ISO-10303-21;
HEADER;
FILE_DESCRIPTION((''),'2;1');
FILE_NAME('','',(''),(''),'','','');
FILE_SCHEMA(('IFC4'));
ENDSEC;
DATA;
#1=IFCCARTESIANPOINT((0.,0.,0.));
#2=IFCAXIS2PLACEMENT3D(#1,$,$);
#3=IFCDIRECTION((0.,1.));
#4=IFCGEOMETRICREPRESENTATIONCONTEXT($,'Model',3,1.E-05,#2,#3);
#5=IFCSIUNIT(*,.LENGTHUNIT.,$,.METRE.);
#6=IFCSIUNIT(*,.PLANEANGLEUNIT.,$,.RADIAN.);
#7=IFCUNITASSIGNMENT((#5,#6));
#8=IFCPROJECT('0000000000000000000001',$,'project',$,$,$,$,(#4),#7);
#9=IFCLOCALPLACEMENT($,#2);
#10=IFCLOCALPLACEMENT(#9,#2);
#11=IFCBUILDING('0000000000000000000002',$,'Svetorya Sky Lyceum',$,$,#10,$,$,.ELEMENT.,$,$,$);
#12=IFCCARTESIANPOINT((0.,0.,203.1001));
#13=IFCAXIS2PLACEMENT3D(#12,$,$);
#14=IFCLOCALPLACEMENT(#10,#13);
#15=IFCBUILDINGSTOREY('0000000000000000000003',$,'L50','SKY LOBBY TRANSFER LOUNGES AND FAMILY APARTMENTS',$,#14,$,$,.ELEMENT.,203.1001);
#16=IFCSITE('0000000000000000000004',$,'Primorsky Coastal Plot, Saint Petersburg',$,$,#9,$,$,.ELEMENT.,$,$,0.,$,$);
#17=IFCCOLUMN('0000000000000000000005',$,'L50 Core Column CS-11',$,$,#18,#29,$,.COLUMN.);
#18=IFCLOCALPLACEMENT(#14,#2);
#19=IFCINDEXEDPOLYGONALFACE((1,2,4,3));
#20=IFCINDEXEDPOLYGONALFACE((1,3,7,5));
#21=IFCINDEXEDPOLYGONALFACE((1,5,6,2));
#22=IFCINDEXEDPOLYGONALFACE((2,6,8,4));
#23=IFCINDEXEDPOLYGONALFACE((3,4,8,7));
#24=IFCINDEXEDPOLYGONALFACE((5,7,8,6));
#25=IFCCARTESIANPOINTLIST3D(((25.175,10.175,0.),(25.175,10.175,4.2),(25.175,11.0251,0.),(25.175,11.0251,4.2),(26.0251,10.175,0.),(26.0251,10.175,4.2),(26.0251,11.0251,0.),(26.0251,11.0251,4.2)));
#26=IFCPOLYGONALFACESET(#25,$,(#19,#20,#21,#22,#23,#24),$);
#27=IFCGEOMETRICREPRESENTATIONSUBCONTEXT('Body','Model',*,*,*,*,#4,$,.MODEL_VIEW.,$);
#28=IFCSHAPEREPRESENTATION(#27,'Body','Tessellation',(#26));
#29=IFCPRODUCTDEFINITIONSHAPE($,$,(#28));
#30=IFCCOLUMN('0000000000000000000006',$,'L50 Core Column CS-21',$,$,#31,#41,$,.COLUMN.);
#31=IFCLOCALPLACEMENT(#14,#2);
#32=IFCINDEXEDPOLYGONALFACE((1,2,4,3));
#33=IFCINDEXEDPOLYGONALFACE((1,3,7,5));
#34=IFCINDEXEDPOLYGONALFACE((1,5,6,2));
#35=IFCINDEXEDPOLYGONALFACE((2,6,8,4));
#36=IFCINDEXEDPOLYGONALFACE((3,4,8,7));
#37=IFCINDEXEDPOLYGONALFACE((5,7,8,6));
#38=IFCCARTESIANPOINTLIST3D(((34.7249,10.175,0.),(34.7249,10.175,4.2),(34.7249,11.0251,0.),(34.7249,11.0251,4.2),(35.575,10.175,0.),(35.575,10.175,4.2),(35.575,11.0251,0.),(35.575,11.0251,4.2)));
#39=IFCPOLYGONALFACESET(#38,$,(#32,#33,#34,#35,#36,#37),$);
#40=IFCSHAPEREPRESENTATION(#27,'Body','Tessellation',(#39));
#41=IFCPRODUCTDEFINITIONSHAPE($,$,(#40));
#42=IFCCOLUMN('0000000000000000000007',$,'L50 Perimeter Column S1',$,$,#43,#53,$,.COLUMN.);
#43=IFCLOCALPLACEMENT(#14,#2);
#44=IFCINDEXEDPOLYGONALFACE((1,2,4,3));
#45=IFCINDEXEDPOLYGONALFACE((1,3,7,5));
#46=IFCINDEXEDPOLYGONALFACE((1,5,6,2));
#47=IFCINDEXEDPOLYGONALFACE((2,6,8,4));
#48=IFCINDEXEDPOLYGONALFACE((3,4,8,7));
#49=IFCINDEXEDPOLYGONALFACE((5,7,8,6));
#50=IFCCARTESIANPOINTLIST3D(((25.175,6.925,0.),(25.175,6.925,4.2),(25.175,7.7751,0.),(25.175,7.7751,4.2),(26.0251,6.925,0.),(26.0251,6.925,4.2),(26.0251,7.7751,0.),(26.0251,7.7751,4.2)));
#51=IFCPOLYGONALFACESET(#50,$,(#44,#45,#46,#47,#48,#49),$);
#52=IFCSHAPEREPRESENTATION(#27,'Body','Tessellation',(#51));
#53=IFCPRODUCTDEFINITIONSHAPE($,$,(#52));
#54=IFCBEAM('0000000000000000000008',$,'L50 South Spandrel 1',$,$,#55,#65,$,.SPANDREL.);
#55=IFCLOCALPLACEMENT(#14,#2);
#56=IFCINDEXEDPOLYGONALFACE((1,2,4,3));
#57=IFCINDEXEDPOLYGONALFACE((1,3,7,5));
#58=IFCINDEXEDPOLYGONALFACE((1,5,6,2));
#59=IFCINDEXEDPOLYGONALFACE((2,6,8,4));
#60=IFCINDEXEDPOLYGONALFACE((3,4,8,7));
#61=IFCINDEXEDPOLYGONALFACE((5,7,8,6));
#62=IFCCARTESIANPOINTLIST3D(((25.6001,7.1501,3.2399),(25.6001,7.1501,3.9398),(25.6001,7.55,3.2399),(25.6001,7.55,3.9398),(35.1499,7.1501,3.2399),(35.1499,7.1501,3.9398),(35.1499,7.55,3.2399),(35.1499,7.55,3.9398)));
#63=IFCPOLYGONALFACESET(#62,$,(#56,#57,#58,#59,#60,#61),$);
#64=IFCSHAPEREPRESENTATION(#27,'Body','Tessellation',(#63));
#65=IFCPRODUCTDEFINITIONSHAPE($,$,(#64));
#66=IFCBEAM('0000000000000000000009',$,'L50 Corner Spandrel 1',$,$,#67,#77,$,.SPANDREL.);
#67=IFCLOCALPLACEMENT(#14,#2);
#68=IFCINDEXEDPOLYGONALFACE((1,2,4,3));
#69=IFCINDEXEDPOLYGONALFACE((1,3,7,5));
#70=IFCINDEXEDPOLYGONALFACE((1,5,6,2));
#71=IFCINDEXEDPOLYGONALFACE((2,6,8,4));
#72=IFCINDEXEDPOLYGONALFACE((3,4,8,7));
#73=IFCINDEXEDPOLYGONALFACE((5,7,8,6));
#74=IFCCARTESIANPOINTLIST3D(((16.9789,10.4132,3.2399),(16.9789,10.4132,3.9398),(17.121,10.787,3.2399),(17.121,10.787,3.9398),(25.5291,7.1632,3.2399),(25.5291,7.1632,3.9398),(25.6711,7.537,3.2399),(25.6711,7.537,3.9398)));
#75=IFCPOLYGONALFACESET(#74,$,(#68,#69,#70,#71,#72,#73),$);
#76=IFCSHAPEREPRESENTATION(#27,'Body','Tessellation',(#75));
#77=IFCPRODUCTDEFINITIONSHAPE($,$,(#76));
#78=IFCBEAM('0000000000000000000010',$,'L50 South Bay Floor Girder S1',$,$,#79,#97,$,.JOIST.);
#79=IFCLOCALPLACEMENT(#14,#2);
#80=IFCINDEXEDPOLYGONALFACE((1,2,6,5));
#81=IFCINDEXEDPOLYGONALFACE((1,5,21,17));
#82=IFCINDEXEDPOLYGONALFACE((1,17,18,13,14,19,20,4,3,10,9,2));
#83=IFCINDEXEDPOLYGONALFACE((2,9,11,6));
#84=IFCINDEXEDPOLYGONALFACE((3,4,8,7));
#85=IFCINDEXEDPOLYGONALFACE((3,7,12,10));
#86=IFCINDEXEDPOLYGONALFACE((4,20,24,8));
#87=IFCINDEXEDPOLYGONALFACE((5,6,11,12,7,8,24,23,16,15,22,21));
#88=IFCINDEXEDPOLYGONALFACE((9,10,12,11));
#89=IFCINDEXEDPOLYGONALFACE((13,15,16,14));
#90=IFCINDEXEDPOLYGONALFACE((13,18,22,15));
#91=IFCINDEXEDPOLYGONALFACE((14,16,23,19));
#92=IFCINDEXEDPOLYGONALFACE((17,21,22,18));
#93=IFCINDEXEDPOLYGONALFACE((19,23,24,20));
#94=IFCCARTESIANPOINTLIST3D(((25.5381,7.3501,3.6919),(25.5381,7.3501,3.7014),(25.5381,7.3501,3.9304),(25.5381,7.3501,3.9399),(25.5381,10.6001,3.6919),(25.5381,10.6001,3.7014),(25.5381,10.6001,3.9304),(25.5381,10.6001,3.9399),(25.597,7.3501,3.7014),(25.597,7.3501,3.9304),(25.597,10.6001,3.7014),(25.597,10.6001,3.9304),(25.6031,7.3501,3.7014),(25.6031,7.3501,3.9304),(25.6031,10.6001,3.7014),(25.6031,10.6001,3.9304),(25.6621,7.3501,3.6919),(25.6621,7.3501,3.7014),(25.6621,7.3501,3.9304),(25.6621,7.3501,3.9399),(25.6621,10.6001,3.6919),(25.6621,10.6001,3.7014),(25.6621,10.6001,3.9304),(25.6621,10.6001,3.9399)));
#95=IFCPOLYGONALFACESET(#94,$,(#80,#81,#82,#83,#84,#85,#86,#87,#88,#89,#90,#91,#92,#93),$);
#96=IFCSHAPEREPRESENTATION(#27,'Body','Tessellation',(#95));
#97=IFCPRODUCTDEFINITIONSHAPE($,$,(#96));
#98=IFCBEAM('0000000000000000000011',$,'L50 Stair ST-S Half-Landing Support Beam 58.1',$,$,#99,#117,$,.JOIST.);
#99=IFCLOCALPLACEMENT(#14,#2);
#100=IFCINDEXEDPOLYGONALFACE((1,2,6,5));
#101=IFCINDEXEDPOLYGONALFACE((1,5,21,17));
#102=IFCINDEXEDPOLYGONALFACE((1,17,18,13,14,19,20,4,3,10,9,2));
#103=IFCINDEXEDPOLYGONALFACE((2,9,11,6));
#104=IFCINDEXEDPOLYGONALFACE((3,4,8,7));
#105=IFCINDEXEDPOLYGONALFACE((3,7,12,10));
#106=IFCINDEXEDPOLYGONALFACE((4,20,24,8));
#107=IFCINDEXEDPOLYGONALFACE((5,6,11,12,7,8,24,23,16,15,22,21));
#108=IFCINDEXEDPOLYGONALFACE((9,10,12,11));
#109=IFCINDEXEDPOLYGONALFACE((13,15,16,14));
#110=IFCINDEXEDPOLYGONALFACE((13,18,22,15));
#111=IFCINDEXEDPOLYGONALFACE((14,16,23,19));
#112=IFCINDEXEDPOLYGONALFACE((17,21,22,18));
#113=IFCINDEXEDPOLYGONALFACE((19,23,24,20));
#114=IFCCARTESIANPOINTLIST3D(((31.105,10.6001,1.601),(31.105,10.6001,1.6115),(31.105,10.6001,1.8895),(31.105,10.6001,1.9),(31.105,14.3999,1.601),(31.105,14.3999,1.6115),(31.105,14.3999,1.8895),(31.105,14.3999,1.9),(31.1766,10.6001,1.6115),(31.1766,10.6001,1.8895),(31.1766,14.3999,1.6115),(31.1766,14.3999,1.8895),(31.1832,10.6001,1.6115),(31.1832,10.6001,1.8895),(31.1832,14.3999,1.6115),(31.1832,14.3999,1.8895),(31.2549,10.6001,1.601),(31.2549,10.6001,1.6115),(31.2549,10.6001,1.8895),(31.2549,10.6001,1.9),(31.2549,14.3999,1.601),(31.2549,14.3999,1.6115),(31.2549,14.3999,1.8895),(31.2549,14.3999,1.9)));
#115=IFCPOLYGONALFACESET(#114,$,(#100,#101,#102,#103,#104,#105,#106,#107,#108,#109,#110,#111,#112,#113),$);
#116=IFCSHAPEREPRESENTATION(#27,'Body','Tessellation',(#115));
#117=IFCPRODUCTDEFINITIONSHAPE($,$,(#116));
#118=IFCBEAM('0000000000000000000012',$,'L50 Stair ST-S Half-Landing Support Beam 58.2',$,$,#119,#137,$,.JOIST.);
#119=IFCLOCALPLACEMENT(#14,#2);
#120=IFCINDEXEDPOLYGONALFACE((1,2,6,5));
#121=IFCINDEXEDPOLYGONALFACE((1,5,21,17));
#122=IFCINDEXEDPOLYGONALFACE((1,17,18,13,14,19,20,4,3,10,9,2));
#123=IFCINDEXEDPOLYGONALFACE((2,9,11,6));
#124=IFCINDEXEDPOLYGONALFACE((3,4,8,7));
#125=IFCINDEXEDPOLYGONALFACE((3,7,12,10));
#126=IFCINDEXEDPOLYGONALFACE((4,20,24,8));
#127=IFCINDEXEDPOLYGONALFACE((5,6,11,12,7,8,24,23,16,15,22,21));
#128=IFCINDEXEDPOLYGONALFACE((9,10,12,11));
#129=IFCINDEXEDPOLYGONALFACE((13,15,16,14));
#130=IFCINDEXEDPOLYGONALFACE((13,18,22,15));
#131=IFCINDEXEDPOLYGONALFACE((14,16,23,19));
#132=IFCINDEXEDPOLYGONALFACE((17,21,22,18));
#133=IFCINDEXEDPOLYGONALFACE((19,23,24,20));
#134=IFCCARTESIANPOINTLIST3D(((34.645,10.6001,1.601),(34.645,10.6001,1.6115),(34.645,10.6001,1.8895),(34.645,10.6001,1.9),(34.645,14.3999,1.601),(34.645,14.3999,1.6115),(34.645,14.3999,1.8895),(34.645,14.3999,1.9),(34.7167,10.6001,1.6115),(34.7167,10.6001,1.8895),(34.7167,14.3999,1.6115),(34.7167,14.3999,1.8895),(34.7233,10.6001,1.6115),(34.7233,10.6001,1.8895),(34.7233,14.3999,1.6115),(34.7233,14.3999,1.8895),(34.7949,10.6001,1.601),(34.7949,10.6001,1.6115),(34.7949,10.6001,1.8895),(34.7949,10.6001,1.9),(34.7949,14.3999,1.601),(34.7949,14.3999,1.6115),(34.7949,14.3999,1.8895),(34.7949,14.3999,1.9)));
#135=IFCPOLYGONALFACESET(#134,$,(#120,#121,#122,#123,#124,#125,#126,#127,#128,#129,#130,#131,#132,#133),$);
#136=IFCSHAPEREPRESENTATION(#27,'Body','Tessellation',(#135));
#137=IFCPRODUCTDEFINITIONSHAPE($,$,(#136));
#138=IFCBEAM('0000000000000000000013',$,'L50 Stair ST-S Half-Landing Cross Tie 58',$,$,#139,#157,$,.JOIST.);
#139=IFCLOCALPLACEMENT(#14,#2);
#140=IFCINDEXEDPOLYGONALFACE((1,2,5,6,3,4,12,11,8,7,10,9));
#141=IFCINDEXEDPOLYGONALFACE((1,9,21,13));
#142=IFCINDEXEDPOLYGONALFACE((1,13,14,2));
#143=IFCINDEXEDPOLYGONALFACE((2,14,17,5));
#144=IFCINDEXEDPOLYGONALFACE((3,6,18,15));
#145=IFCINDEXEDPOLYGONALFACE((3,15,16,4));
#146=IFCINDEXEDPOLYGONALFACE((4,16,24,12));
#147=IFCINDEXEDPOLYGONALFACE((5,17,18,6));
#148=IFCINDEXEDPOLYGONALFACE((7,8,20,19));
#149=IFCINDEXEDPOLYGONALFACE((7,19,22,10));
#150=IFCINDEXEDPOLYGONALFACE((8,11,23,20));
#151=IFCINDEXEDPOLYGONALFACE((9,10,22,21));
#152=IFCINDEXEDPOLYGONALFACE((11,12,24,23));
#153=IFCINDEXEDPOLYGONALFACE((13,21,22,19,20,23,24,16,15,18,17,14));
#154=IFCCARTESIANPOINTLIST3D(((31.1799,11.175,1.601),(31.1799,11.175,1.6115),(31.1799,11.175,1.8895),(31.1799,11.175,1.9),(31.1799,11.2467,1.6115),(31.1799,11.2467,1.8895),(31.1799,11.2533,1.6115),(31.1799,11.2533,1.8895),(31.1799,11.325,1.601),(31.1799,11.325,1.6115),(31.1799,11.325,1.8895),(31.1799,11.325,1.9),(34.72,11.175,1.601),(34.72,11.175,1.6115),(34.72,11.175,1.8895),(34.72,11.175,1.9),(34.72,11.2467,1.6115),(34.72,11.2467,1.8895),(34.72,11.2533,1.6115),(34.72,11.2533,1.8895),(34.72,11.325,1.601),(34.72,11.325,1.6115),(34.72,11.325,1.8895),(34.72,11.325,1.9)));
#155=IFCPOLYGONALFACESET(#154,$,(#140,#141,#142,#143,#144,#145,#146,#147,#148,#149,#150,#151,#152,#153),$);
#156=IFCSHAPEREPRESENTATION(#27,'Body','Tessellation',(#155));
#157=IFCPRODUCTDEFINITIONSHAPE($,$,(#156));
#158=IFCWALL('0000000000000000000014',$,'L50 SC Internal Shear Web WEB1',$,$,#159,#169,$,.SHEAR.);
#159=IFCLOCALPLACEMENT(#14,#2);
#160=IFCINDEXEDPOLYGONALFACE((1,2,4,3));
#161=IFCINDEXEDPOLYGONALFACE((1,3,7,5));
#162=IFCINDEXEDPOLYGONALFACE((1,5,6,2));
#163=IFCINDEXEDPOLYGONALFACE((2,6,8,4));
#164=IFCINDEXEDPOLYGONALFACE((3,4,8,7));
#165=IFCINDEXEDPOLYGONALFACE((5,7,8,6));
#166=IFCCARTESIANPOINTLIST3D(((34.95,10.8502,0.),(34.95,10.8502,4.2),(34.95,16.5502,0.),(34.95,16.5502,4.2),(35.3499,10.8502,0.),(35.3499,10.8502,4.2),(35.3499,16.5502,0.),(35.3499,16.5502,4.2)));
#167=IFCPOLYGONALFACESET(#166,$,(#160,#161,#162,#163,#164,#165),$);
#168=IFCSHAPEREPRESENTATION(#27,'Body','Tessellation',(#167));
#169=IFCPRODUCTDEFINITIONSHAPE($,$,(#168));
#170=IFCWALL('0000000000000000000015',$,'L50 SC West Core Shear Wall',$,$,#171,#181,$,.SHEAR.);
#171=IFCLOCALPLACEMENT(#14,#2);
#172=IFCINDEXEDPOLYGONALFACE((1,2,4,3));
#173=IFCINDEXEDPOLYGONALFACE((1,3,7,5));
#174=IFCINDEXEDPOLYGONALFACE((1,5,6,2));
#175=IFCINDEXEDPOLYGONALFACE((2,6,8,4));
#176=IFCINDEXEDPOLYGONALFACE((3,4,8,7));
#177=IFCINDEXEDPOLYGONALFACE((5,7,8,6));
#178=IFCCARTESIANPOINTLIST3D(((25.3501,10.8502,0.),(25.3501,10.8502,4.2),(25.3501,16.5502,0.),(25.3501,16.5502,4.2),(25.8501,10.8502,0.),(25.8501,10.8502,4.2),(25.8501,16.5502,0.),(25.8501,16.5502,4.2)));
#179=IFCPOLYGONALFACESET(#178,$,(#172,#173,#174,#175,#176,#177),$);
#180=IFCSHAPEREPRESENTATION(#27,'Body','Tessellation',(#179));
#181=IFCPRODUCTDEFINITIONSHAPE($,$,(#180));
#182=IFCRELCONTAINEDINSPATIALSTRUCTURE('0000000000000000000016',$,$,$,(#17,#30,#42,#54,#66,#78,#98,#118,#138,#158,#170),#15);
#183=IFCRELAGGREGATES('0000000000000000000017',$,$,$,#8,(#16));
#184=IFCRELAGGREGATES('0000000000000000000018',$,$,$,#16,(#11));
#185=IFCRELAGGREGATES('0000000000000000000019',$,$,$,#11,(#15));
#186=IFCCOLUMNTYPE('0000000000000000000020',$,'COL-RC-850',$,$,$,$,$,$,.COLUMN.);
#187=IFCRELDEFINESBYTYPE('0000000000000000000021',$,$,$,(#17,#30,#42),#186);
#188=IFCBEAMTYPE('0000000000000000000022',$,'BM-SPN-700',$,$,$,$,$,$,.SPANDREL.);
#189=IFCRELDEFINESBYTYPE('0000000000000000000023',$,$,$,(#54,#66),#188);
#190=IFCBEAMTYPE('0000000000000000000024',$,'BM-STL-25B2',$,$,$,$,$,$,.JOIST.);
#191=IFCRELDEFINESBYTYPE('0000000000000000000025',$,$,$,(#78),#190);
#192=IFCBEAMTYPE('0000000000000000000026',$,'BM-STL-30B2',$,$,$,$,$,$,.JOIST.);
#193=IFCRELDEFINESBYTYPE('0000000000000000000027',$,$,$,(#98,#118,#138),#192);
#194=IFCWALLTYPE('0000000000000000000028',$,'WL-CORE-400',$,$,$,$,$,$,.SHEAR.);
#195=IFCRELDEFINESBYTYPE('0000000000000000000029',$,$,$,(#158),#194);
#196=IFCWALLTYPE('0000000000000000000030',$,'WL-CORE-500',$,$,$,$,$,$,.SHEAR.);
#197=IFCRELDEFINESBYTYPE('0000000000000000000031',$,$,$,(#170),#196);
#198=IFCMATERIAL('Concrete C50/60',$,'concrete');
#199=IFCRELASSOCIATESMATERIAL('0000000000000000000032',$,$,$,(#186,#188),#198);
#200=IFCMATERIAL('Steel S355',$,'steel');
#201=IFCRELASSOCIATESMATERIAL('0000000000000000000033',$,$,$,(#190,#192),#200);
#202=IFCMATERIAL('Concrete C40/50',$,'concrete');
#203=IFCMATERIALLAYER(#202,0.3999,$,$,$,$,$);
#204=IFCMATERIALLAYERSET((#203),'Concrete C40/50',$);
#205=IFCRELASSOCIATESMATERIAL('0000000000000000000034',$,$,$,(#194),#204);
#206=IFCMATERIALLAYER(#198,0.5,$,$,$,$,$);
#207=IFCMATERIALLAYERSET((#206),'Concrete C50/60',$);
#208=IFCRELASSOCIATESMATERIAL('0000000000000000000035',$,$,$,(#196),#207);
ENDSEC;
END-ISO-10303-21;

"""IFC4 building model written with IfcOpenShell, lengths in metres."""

from ifc_helpers import new_model, si_unit, direction, frame, frame_2d, origin, origin_2d, place, context, subcontext, project, spatial, rectangle, i_section, extrude, material, layer, layer_set, material_profile, profile_set, type_object, element, save


model = new_model("IFC4")

# Units and contexts
model_context = context("Model", 3, precision=1e-05, world=origin(), true_north=direction((0.0, 1.0)))
body_context = subcontext(model_context, "Body", "Model", "MODEL_VIEW")
ifc_project = project(units=[si_unit("LENGTHUNIT", "METRE"), si_unit("PLANEANGLEUNIT", "RADIAN")], contexts=[model_context])

# Site, building, storey
site_placement = place(None, origin())
site = spatial("IfcSite", under=ifc_project, at=site_placement, Name="Primorsky Coastal Plot, Saint Petersburg", CompositionType="ELEMENT", RefElevation=0.0)
building_placement = place(site_placement, origin())
building = spatial("IfcBuilding", under=site, at=building_placement, Name="Svetorya Sky Lyceum", CompositionType="ELEMENT")
storey_placement = place(building_placement, frame((0.0, 0.0, 203.1001)))
storey = spatial("IfcBuildingStorey", under=building, at=storey_placement, Name="L50", Description="SKY LOBBY TRANSFER LOUNGES AND FAMILY APARTMENTS", CompositionType="ELEMENT", Elevation=203.1001)

# Columns
ifc_material_1 = material(Name="Concrete C50/60", Category="concrete")
ifc_material_profile_1 = material_profile(ifc_material_1, rectangle(XDim=0.8501, YDim=0.8501, at=origin_2d()), Name="RC COL 850x850")
ifc_profile_set_1 = profile_set([ifc_material_profile_1], Name="Concrete C50/60")
column_type = type_object("IfcColumnType", Name="COL-RC-850", PredefinedType="COLUMN", material=ifc_profile_set_1)
for number, where, z_axis, x_axis, name in (
    (1, (25.6001, 10.6001, 0.0), (0.0, 0.0, 1.0), (1.0, 0.0, 0.0), "L50 Core Column CS-11"),
    (2, (35.1499, 10.6001, 0.0), (0.0, 0.0, 1.0), (1.0, 0.0, 0.0), "L50 Core Column CS-21"),
    (3, (25.6001, 7.3501, 0.0), (0.0, 0.0, 1.0), (1.0, 0.0, 0.0), "L50 Perimeter Column S1"),
):
    element("IfcColumn", number, at=place(storey_placement, frame(where, z_axis=z_axis, x_axis=x_axis)), inside=storey, type_object=column_type, Name=name, PredefinedType="COLUMN", context=body_context, shape_type="SweptSolid", body=[
        extrude(rectangle(XDim=0.8501, YDim=0.8501, at=origin_2d()), origin(), (0.0, 0.0, 1.0), 4.2),
    ])

# Beams
ifc_material_profile_2 = material_profile(ifc_material_1, rectangle(XDim=0.3999, YDim=0.7, at=origin_2d()), Name="RC SPANDREL 400x700")
ifc_profile_set_2 = profile_set([ifc_material_profile_2], Name="Concrete C50/60")
beam_type_1 = type_object("IfcBeamType", Name="BM-SPN-700", PredefinedType="SPANDREL", material=ifc_profile_set_2)
beam_1_placement = place(storey_placement, frame((25.6001, 7.3501, 3.5898), z_axis=(1.0, 0.0, 0.0), x_axis=(0.0, 1.0, 0.0)))
element("IfcBeam", 4, at=beam_1_placement, inside=storey, type_object=beam_type_1, Name="L50 South Spandrel 1", PredefinedType="SPANDREL", context=body_context, shape_type="SweptSolid", body=[
    extrude(rectangle(XDim=0.3999, YDim=0.7, at=origin_2d()), origin(), (0.0, 0.0, 1.0), 9.5498),
])
beam_2_placement = place(storey_placement, frame((25.6001, 7.3501, 3.5898), z_axis=(-0.934748, 0.355312, 0.0), x_axis=(-0.355312, -0.934748, 0.0)))
element("IfcBeam", 5, at=beam_2_placement, inside=storey, type_object=beam_type_1, Name="L50 Corner Spandrel 1", PredefinedType="SPANDREL", context=body_context, shape_type="SweptSolid", body=[
    extrude(rectangle(XDim=0.3999, YDim=0.7, at=origin_2d()), origin(), (0.0, 0.0, 1.0), 9.147),
])
ifc_material_2 = material(Name="Steel S355", Category="steel")
ifc_material_profile_3 = material_profile(ifc_material_2, i_section(OverallWidth=0.124, OverallDepth=0.248, WebThickness=0.0061, FlangeThickness=0.0095, at=origin_2d()), Name="GOST 25B2")
ifc_profile_set_3 = profile_set([ifc_material_profile_3], Name="Steel S355")
beam_type_2 = type_object("IfcBeamType", Name="BM-STL-25B2", PredefinedType="JOIST", material=ifc_profile_set_3)
beam_3_placement = place(storey_placement, frame((25.6001, 7.3501, 3.8159), z_axis=(0.0, 1.0, 0.0), x_axis=(-1.0, 0.0, 0.0)))
element("IfcBeam", 6, at=beam_3_placement, inside=storey, type_object=beam_type_2, Name="L50 South Bay Floor Girder S1", PredefinedType="JOIST", context=body_context, shape_type="SweptSolid", body=[
    extrude(i_section(OverallWidth=0.124, OverallDepth=0.248, WebThickness=0.0061, FlangeThickness=0.0095, at=origin_2d()), origin(), (0.0, 0.0, 1.0), 3.25),
])
ifc_material_profile_4 = material_profile(ifc_material_2, i_section(OverallWidth=0.1499, OverallDepth=0.2991, WebThickness=0.0066, FlangeThickness=0.0105, at=origin_2d()), Name="GOST 30B2")
ifc_profile_set_4 = profile_set([ifc_material_profile_4], Name="Steel S355")
beam_type_3 = type_object("IfcBeamType", Name="BM-STL-30B2", PredefinedType="JOIST", material=ifc_profile_set_4)
for number, where, z_axis, x_axis, name in (
    (7, (31.1799, 10.6001, 1.7505), (0.0, 1.0, 0.0), (-1.0, 0.0, 0.0), "L50 Stair ST-S Half-Landing Support Beam 58.1"),
    (8, (34.72, 10.6001, 1.7505), (0.0, 1.0, 0.0), (-1.0, 0.0, 0.0), "L50 Stair ST-S Half-Landing Support Beam 58.2"),
):
    element("IfcBeam", number, at=place(storey_placement, frame(where, z_axis=z_axis, x_axis=x_axis)), inside=storey, type_object=beam_type_3, Name=name, PredefinedType="JOIST", context=body_context, shape_type="SweptSolid", body=[
        extrude(i_section(OverallWidth=0.1499, OverallDepth=0.2991, WebThickness=0.0066, FlangeThickness=0.0105, at=origin_2d()), origin(), (0.0, 0.0, 1.0), 3.7998),
    ])
beam_4_placement = place(storey_placement, frame((31.1799, 11.25, 1.7505), z_axis=(1.0, 0.0, 0.0), x_axis=(0.0, 1.0, 0.0)))
element("IfcBeam", 9, at=beam_4_placement, inside=storey, type_object=beam_type_3, Name="L50 Stair ST-S Half-Landing Cross Tie 58", PredefinedType="JOIST", context=body_context, shape_type="SweptSolid", body=[
    extrude(i_section(OverallWidth=0.1499, OverallDepth=0.2991, WebThickness=0.0066, FlangeThickness=0.0105, at=origin_2d()), origin(), (0.0, 0.0, 1.0), 3.54),
])

# Walls
ifc_material_3 = material(Name="Concrete C40/50", Category="concrete")
ifc_layer_1 = layer(ifc_material_3, 0.3999)
ifc_layer_set_1 = layer_set([ifc_layer_1], Name="Concrete C40/50")
wall_type_1 = type_object("IfcWallType", Name="WL-CORE-400", PredefinedType="SHEAR", material=ifc_layer_set_1)
wall_1_placement = place(storey_placement, frame((35.1499, 10.8501, 0.0), z_axis=(0.0, 0.0, 1.0), x_axis=(0.0, 1.0, 0.0)))
element("IfcWall", 10, at=wall_1_placement, inside=storey, type_object=wall_type_1, Name="L50 SC Internal Shear Web WEB1", PredefinedType="SHEAR", context=body_context, shape_type="SweptSolid", body=[
    extrude(rectangle(XDim=5.7, YDim=0.3999, at=frame_2d((2.8501, 0.0))), origin(), (0.0, 0.0, 1.0), 4.2),
])
ifc_layer_2 = layer(ifc_material_1, 0.5)
ifc_layer_set_2 = layer_set([ifc_layer_2], Name="Concrete C50/60")
wall_type_2 = type_object("IfcWallType", Name="WL-CORE-500", PredefinedType="SHEAR", material=ifc_layer_set_2)
wall_2_placement = place(storey_placement, frame((25.6001, 10.8501, 0.0), z_axis=(0.0, 0.0, 1.0), x_axis=(0.0, 1.0, 0.0)))
element("IfcWall", 11, at=wall_2_placement, inside=storey, type_object=wall_type_2, Name="L50 SC West Core Shear Wall", PredefinedType="SHEAR", context=body_context, shape_type="SweptSolid", body=[
    extrude(rectangle(XDim=5.7, YDim=0.5, at=frame_2d((2.8501, 0.0))), origin(), (0.0, 0.0, 1.0), 4.2),
])

save(model, "model.ifc")
